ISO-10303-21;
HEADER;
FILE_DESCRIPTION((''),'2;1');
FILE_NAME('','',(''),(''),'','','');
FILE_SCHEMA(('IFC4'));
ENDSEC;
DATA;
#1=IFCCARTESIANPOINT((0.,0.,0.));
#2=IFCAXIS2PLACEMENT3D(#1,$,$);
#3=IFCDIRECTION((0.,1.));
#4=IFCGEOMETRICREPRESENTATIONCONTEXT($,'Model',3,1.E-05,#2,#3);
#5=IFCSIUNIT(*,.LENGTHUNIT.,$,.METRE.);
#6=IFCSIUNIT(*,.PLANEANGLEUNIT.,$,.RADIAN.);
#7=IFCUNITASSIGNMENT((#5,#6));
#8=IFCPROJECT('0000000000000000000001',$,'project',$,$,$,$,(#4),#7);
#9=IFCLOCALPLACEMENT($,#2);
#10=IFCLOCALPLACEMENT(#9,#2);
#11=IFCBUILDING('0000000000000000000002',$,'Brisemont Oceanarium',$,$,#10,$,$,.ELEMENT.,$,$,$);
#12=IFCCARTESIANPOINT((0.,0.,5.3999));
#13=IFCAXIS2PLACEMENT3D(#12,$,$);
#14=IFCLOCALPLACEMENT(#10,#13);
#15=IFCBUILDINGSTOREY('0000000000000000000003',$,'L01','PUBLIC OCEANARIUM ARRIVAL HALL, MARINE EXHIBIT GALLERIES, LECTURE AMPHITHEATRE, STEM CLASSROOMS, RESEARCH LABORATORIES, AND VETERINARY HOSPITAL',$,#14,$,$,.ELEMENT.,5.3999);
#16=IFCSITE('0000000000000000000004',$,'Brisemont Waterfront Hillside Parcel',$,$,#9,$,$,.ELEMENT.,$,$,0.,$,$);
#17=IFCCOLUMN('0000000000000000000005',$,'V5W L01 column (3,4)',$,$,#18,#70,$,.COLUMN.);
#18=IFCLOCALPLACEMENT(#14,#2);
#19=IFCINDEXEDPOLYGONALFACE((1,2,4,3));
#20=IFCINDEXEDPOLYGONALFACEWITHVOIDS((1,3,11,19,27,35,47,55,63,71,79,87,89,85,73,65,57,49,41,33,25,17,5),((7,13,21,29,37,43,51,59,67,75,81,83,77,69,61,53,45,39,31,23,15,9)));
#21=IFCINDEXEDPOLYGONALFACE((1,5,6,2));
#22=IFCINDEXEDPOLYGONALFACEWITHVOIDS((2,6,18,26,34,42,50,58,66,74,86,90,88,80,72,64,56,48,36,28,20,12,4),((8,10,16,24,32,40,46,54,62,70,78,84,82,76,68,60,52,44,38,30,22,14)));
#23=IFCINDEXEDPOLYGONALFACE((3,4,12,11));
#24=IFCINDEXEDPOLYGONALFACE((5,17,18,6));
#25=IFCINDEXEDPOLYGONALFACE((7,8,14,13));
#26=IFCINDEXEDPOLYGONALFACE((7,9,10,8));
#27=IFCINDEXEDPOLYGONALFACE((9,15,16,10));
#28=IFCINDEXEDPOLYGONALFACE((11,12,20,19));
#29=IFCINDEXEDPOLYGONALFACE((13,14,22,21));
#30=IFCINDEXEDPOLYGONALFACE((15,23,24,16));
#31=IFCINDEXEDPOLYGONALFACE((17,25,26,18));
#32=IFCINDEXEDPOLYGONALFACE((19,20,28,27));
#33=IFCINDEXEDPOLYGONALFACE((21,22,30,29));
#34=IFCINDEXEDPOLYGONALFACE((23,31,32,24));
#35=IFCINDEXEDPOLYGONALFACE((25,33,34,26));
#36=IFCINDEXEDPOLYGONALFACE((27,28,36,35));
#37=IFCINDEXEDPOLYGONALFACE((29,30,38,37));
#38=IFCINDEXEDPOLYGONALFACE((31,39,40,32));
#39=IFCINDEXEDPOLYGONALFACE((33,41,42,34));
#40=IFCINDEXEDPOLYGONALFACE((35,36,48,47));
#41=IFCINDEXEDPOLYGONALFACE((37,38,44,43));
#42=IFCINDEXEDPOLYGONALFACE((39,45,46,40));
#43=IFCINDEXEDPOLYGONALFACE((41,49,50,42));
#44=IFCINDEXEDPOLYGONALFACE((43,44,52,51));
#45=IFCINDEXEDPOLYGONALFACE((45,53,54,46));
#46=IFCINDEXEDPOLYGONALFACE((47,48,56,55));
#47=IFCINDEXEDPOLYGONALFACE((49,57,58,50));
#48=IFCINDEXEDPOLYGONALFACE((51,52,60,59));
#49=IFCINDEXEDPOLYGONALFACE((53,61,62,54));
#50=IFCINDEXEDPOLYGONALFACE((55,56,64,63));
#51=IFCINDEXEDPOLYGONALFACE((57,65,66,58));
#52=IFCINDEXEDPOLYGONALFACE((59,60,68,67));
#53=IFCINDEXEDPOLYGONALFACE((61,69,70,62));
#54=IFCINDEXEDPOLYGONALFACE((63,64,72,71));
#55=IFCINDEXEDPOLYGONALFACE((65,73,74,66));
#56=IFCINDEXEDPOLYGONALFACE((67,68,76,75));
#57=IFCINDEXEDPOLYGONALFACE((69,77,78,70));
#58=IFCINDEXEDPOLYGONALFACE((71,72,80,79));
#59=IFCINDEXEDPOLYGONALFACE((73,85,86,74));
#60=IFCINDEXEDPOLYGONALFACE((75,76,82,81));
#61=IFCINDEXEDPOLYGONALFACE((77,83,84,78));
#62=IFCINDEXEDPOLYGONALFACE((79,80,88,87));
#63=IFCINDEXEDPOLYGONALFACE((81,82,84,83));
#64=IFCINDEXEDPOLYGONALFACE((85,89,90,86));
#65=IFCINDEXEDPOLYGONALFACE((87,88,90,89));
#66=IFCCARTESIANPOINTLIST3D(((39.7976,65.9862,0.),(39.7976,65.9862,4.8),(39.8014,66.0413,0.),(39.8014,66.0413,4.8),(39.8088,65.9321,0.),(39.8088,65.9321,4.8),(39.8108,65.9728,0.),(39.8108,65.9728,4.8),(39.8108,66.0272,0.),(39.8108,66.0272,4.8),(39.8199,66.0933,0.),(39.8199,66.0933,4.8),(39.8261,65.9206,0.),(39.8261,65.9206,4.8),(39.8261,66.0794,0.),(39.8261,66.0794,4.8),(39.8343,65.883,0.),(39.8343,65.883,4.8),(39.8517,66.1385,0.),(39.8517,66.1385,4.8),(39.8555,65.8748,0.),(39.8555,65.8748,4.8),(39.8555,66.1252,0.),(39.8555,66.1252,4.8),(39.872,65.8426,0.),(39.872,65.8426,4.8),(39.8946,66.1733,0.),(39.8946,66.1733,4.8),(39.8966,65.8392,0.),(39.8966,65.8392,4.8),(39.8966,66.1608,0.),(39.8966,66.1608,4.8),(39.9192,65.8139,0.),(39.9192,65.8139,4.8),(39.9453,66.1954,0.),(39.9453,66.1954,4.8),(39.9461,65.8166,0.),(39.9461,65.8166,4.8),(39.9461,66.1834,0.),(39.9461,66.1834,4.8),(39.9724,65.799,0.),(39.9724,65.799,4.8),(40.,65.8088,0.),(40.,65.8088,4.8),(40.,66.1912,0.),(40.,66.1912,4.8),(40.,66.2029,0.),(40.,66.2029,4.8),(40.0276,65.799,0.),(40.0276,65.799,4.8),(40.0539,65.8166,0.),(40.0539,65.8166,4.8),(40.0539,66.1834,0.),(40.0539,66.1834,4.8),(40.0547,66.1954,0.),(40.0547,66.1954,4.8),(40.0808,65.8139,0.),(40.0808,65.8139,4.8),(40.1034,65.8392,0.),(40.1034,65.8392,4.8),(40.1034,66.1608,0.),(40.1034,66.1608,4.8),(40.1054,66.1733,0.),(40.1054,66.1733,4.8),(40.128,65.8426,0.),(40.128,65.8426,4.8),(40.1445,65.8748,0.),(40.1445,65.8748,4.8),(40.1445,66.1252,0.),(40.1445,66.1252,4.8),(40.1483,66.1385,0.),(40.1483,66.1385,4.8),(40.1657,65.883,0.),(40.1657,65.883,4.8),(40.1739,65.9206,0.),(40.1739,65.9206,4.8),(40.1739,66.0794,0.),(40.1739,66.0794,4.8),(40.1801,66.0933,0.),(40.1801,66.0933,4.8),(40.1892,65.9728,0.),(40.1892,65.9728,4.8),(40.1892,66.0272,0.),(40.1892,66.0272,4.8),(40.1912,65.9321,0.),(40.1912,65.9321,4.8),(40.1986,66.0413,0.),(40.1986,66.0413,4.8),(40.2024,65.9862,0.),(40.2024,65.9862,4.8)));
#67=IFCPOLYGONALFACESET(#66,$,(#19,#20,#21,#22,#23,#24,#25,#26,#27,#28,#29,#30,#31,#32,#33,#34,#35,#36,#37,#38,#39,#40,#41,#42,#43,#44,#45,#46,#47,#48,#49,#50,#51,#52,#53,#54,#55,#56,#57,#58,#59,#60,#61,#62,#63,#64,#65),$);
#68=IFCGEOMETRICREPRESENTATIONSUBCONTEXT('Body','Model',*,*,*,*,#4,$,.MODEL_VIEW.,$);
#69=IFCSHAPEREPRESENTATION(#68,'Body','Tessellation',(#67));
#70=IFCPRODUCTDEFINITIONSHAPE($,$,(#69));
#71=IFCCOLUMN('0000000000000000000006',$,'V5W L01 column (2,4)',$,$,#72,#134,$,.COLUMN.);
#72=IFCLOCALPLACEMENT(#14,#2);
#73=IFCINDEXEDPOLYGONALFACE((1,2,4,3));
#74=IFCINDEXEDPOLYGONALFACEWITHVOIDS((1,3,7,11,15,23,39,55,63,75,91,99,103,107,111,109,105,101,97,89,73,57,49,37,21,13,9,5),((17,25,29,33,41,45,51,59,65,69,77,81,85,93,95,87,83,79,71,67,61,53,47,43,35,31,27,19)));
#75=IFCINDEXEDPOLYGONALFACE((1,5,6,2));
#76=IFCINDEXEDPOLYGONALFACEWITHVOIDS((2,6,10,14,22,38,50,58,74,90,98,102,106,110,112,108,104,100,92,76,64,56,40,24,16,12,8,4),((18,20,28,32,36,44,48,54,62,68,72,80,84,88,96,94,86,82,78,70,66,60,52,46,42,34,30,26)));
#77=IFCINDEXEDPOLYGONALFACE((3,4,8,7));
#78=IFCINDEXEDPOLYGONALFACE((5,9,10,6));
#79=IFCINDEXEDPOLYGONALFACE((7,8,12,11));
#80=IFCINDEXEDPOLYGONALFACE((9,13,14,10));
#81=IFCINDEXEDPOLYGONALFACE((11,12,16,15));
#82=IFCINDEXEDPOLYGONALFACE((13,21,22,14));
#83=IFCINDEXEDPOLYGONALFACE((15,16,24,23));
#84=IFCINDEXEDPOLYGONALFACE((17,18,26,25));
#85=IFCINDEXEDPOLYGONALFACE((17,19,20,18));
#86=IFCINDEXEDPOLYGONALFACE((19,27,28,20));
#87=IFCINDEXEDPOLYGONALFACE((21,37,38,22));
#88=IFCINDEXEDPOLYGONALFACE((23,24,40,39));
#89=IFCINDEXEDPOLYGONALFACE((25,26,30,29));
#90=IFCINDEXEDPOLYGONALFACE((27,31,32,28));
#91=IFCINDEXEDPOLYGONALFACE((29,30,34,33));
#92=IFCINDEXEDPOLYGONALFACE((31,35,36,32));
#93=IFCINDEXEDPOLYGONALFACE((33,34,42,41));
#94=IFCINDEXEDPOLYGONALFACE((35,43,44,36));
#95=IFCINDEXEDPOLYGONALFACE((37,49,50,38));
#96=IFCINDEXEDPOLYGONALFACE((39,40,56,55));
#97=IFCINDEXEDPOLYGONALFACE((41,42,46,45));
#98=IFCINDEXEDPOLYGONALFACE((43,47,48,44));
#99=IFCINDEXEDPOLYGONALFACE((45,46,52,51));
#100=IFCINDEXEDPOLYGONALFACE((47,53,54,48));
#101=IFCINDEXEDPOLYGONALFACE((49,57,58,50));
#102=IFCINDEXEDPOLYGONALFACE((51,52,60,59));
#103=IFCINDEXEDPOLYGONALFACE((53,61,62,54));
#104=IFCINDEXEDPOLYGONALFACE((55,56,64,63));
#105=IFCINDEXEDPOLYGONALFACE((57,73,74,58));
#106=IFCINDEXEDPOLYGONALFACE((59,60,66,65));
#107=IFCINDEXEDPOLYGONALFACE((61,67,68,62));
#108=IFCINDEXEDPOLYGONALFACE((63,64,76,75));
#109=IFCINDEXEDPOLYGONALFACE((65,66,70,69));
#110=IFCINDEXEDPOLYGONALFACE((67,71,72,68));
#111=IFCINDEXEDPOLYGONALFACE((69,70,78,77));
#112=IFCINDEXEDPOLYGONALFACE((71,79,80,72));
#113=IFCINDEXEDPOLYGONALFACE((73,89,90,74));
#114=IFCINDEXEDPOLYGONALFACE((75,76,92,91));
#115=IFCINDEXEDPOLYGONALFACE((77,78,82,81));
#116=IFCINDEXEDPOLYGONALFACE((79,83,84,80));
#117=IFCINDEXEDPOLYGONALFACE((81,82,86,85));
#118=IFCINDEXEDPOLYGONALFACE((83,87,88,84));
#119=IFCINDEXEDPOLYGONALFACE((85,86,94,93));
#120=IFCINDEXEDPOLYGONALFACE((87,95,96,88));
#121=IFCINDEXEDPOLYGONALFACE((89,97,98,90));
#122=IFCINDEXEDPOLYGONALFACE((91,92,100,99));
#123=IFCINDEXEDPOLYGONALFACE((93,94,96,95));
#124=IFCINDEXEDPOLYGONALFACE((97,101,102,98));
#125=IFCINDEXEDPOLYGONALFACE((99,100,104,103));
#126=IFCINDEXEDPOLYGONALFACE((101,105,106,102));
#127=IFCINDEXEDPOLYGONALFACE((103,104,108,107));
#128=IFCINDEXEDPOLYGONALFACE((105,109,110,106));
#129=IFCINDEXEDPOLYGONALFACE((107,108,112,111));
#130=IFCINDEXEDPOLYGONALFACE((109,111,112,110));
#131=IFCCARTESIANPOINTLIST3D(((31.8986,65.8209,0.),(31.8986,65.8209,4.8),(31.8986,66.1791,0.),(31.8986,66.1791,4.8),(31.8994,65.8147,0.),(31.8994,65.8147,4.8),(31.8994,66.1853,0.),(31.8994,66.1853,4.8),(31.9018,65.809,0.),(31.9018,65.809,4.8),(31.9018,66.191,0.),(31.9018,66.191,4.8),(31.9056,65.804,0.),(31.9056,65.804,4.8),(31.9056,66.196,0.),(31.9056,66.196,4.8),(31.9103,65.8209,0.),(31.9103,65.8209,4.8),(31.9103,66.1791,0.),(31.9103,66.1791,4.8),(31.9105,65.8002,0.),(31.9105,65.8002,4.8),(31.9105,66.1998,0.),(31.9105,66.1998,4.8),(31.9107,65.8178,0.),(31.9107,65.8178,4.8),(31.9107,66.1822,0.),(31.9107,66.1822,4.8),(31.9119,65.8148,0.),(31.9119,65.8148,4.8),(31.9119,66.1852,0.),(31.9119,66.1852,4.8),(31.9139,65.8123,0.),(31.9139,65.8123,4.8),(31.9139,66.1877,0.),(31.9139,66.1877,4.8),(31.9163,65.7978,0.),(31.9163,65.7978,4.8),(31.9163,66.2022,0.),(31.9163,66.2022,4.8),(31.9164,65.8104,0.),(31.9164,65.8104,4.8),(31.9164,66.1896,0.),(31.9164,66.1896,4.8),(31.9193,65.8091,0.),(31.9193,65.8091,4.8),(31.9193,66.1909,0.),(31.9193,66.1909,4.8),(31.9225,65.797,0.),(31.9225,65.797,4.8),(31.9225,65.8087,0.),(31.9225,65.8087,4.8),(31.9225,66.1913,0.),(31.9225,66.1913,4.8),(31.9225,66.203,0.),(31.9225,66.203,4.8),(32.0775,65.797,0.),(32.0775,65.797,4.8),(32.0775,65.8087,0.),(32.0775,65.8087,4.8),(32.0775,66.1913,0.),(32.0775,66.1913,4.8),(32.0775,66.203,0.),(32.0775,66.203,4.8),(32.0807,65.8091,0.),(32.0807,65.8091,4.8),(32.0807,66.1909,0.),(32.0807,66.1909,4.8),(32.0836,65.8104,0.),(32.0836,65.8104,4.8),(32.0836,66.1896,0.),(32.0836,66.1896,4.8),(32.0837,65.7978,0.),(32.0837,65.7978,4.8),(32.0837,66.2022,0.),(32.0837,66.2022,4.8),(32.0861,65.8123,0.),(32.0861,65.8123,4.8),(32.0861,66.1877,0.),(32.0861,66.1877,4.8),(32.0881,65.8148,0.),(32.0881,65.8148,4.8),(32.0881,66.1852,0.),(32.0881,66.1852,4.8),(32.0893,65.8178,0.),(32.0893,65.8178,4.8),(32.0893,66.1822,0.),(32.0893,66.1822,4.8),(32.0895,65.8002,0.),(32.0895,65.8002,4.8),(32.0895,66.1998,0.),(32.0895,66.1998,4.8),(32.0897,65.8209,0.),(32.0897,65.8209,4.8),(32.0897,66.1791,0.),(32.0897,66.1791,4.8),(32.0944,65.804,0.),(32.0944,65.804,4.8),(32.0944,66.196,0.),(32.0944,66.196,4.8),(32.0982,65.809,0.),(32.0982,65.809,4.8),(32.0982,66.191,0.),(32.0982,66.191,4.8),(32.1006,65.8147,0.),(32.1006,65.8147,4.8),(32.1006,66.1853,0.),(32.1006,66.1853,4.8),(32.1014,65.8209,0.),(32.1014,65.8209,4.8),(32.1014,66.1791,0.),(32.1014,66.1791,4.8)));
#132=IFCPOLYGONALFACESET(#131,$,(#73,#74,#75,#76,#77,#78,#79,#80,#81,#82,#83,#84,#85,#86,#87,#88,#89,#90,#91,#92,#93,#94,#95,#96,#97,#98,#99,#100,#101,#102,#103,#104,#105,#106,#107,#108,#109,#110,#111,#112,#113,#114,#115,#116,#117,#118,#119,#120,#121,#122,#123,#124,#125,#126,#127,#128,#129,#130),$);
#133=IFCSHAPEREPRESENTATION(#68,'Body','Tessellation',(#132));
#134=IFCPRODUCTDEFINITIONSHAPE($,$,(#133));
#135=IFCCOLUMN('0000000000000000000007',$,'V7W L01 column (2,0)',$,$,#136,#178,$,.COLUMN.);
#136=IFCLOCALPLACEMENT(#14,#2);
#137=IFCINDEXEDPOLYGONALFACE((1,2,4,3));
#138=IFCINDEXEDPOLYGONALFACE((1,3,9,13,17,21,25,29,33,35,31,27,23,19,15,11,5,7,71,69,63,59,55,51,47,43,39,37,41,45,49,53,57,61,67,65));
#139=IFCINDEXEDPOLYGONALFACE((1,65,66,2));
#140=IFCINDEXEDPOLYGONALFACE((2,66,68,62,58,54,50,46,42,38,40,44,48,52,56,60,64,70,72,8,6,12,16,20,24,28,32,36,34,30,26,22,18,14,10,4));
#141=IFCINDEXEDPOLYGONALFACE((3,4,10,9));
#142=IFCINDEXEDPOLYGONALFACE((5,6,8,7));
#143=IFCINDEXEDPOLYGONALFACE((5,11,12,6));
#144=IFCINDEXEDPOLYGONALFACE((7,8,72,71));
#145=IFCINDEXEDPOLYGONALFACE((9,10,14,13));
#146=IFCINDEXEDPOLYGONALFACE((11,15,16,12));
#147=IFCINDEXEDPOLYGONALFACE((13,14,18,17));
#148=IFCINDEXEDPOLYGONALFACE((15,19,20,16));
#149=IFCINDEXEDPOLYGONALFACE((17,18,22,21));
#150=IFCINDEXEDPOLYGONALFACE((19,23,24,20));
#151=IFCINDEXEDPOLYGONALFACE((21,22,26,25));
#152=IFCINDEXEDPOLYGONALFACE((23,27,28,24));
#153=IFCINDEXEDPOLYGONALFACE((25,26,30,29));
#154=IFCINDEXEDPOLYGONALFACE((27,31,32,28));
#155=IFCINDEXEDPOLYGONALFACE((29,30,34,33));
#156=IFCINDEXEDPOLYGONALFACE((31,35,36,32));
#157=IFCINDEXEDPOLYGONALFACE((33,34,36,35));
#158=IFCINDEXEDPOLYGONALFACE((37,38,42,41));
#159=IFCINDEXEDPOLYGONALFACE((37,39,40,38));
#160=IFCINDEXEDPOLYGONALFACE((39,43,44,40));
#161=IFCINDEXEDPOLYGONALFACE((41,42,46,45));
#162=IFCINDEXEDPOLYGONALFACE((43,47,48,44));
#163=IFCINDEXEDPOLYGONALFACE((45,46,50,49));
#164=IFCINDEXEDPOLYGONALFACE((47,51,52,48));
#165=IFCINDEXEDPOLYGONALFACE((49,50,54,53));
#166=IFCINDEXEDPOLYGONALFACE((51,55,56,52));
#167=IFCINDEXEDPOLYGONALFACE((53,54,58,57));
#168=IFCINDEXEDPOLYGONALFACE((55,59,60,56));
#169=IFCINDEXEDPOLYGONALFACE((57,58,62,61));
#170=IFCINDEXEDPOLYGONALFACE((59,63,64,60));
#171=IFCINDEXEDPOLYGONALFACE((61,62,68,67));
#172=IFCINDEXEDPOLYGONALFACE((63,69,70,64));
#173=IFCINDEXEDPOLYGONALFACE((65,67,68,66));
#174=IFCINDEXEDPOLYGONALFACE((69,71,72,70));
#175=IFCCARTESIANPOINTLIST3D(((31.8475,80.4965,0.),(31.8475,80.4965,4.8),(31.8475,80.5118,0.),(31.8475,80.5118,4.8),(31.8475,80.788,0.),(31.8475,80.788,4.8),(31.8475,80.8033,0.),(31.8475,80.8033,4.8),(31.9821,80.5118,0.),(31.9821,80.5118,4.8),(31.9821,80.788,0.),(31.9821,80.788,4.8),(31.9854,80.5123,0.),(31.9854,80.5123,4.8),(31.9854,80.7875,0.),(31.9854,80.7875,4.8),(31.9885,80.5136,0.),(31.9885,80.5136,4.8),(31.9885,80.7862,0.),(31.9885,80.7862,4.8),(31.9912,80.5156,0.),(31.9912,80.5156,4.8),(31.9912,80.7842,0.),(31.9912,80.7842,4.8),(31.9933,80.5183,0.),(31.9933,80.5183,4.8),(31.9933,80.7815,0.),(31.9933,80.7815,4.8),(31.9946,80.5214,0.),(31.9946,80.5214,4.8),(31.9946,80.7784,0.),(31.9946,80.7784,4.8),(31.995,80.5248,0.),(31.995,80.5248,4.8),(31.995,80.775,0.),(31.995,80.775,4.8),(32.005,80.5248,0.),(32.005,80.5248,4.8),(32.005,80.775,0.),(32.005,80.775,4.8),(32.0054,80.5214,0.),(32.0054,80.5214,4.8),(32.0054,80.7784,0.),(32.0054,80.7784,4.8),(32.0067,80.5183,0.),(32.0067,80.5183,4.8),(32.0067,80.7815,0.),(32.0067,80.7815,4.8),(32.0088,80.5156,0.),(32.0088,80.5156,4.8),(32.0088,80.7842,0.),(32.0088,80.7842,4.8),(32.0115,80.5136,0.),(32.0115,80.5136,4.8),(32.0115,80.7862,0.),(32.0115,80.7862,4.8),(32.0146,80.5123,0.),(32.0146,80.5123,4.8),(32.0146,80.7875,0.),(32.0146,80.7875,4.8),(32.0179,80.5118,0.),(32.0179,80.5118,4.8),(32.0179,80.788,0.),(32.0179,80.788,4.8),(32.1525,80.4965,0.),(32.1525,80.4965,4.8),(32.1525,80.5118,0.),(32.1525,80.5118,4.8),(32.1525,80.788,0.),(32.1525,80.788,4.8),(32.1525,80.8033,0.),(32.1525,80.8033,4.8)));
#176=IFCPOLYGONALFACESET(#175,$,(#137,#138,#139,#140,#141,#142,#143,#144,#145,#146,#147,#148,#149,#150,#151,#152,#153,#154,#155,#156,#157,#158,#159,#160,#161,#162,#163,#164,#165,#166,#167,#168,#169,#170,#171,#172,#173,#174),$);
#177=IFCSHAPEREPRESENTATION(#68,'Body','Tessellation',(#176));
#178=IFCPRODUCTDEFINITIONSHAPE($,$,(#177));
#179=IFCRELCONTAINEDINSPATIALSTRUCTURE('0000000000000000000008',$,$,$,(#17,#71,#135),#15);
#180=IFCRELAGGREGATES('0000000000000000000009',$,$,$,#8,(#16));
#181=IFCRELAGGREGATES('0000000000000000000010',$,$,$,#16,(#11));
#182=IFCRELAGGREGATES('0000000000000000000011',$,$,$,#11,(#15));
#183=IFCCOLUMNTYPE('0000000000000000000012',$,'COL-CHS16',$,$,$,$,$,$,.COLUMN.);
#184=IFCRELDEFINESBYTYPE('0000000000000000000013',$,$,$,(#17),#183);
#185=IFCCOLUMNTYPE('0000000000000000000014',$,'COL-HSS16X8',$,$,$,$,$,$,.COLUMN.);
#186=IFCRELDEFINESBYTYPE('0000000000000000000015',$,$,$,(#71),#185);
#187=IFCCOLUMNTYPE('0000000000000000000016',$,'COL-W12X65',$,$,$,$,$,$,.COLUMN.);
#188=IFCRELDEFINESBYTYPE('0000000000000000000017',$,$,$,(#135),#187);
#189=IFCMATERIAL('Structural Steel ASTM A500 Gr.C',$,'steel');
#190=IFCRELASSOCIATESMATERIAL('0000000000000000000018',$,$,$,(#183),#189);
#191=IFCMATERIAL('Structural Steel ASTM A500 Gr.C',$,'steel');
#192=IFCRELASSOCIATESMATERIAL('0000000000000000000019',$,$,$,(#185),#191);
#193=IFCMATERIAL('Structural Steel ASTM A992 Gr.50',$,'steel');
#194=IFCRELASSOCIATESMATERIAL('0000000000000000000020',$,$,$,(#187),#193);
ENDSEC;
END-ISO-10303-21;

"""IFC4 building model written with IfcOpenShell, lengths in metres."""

from ifc_helpers import new_model, si_unit, direction, frame, origin, origin_2d, place, context, subcontext, project, spatial, hollow_rectangle, hollow_circle, i_section, extrude, material, material_profile, profile_set, type_object, element, save


model = new_model("IFC4")

# Units and contexts
model_context = context("Model", 3, precision=1e-05, world=origin(), true_north=direction((0.0, 1.0)))
body_context = subcontext(model_context, "Body", "Model", "MODEL_VIEW")
ifc_project = project(units=[si_unit("LENGTHUNIT", "METRE"), si_unit("PLANEANGLEUNIT", "RADIAN")], contexts=[model_context])

# Site, building, storey
site_placement = place(None, origin())
site = spatial("IfcSite", under=ifc_project, at=site_placement, Name="Brisemont Waterfront Hillside Parcel", CompositionType="ELEMENT", RefElevation=0.0)
building_placement = place(site_placement, origin())
building = spatial("IfcBuilding", under=site, at=building_placement, Name="Brisemont Oceanarium", CompositionType="ELEMENT")
storey_placement = place(building_placement, frame((0.0, 0.0, 5.3999)))
storey = spatial("IfcBuildingStorey", under=building, at=storey_placement, Name="L01", Description="PUBLIC OCEANARIUM ARRIVAL HALL, MARINE EXHIBIT GALLERIES, LECTURE AMPHITHEATRE, STEM CLASSROOMS, RESEARCH LABORATORIES, AND VETERINARY HOSPITAL", CompositionType="ELEMENT", Elevation=5.3999)

# Columns
ifc_material_1 = material(Name="Structural Steel ASTM A500 Gr.C", Category="steel")
ifc_material_profile_1 = material_profile(ifc_material_1, hollow_circle(Radius=0.2029, WallThickness=0.0117, at=origin_2d()), Name="HSS16.000X0.500")
ifc_profile_set_1 = profile_set([ifc_material_profile_1], Name="Structural Steel ASTM A500 Gr.C")
column_type_1 = type_object("IfcColumnType", Name="COL-CHS16", PredefinedType="COLUMN", material=ifc_profile_set_1)
column_1_placement = place(storey_placement, frame((40.0, 66.0, 0.0), z_axis=(0.0, 0.0, 1.0), x_axis=(0.0, 1.0, 0.0)))
element("IfcColumn", 1, at=column_1_placement, inside=storey, type_object=column_type_1, Name="V5W L01 column (3,4)", PredefinedType="COLUMN", context=body_context, shape_type="SweptSolid", body=[
    extrude(hollow_circle(Radius=0.2029, WallThickness=0.0117, at=origin_2d()), origin(), (0.0, 0.0, 1.0), 4.8),
])
ifc_material_2 = material(Name="Structural Steel ASTM A500 Gr.C", Category="steel")
ifc_material_profile_2 = material_profile(ifc_material_2, hollow_rectangle(XDim=0.2029, YDim=0.406, WallThickness=0.0117, InnerFilletRadius=0.0122, OuterFilletRadius=0.0239, at=origin_2d()), Name="HSS16X8X1/2")
ifc_profile_set_2 = profile_set([ifc_material_profile_2], Name="Structural Steel ASTM A500 Gr.C")
column_type_2 = type_object("IfcColumnType", Name="COL-HSS16X8", PredefinedType="COLUMN", material=ifc_profile_set_2)
column_2_placement = place(storey_placement, frame((32.0, 66.0, 0.0), z_axis=(0.0, 0.0, 1.0), x_axis=(1.0, 0.0, 0.0)))
element("IfcColumn", 2, at=column_2_placement, inside=storey, type_object=column_type_2, Name="V5W L01 column (2,4)", PredefinedType="COLUMN", context=body_context, shape_type="SweptSolid", body=[
    extrude(hollow_rectangle(XDim=0.2029, YDim=0.406, WallThickness=0.0117, InnerFilletRadius=0.0122, OuterFilletRadius=0.0239, at=origin_2d()), origin(), (0.0, 0.0, 1.0), 4.8),
])
ifc_material_3 = material(Name="Structural Steel ASTM A992 Gr.50", Category="steel")
ifc_material_profile_3 = material_profile(ifc_material_3, i_section(OverallWidth=0.3049, OverallDepth=0.3069, WebThickness=0.01, FlangeThickness=0.0154, FilletRadius=0.0129, at=origin_2d()), Name="W12X65")
ifc_profile_set_3 = profile_set([ifc_material_profile_3], Name="Structural Steel ASTM A992 Gr.50")
column_type_3 = type_object("IfcColumnType", Name="COL-W12X65", PredefinedType="COLUMN", material=ifc_profile_set_3)
column_3_placement = place(storey_placement, frame((32.0, 80.6499, 0.0), z_axis=(0.0, 0.0, 1.0), x_axis=(1.0, 0.0, 0.0)))
element("IfcColumn", 3, at=column_3_placement, inside=storey, type_object=column_type_3, Name="V7W L01 column (2,0)", PredefinedType="COLUMN", context=body_context, shape_type="SweptSolid", body=[
    extrude(i_section(OverallWidth=0.3049, OverallDepth=0.3069, WebThickness=0.01, FlangeThickness=0.0154, FilletRadius=0.0129, at=origin_2d()), origin(), (0.0, 0.0, 1.0), 4.8),
])

save(model, "model.ifc")
